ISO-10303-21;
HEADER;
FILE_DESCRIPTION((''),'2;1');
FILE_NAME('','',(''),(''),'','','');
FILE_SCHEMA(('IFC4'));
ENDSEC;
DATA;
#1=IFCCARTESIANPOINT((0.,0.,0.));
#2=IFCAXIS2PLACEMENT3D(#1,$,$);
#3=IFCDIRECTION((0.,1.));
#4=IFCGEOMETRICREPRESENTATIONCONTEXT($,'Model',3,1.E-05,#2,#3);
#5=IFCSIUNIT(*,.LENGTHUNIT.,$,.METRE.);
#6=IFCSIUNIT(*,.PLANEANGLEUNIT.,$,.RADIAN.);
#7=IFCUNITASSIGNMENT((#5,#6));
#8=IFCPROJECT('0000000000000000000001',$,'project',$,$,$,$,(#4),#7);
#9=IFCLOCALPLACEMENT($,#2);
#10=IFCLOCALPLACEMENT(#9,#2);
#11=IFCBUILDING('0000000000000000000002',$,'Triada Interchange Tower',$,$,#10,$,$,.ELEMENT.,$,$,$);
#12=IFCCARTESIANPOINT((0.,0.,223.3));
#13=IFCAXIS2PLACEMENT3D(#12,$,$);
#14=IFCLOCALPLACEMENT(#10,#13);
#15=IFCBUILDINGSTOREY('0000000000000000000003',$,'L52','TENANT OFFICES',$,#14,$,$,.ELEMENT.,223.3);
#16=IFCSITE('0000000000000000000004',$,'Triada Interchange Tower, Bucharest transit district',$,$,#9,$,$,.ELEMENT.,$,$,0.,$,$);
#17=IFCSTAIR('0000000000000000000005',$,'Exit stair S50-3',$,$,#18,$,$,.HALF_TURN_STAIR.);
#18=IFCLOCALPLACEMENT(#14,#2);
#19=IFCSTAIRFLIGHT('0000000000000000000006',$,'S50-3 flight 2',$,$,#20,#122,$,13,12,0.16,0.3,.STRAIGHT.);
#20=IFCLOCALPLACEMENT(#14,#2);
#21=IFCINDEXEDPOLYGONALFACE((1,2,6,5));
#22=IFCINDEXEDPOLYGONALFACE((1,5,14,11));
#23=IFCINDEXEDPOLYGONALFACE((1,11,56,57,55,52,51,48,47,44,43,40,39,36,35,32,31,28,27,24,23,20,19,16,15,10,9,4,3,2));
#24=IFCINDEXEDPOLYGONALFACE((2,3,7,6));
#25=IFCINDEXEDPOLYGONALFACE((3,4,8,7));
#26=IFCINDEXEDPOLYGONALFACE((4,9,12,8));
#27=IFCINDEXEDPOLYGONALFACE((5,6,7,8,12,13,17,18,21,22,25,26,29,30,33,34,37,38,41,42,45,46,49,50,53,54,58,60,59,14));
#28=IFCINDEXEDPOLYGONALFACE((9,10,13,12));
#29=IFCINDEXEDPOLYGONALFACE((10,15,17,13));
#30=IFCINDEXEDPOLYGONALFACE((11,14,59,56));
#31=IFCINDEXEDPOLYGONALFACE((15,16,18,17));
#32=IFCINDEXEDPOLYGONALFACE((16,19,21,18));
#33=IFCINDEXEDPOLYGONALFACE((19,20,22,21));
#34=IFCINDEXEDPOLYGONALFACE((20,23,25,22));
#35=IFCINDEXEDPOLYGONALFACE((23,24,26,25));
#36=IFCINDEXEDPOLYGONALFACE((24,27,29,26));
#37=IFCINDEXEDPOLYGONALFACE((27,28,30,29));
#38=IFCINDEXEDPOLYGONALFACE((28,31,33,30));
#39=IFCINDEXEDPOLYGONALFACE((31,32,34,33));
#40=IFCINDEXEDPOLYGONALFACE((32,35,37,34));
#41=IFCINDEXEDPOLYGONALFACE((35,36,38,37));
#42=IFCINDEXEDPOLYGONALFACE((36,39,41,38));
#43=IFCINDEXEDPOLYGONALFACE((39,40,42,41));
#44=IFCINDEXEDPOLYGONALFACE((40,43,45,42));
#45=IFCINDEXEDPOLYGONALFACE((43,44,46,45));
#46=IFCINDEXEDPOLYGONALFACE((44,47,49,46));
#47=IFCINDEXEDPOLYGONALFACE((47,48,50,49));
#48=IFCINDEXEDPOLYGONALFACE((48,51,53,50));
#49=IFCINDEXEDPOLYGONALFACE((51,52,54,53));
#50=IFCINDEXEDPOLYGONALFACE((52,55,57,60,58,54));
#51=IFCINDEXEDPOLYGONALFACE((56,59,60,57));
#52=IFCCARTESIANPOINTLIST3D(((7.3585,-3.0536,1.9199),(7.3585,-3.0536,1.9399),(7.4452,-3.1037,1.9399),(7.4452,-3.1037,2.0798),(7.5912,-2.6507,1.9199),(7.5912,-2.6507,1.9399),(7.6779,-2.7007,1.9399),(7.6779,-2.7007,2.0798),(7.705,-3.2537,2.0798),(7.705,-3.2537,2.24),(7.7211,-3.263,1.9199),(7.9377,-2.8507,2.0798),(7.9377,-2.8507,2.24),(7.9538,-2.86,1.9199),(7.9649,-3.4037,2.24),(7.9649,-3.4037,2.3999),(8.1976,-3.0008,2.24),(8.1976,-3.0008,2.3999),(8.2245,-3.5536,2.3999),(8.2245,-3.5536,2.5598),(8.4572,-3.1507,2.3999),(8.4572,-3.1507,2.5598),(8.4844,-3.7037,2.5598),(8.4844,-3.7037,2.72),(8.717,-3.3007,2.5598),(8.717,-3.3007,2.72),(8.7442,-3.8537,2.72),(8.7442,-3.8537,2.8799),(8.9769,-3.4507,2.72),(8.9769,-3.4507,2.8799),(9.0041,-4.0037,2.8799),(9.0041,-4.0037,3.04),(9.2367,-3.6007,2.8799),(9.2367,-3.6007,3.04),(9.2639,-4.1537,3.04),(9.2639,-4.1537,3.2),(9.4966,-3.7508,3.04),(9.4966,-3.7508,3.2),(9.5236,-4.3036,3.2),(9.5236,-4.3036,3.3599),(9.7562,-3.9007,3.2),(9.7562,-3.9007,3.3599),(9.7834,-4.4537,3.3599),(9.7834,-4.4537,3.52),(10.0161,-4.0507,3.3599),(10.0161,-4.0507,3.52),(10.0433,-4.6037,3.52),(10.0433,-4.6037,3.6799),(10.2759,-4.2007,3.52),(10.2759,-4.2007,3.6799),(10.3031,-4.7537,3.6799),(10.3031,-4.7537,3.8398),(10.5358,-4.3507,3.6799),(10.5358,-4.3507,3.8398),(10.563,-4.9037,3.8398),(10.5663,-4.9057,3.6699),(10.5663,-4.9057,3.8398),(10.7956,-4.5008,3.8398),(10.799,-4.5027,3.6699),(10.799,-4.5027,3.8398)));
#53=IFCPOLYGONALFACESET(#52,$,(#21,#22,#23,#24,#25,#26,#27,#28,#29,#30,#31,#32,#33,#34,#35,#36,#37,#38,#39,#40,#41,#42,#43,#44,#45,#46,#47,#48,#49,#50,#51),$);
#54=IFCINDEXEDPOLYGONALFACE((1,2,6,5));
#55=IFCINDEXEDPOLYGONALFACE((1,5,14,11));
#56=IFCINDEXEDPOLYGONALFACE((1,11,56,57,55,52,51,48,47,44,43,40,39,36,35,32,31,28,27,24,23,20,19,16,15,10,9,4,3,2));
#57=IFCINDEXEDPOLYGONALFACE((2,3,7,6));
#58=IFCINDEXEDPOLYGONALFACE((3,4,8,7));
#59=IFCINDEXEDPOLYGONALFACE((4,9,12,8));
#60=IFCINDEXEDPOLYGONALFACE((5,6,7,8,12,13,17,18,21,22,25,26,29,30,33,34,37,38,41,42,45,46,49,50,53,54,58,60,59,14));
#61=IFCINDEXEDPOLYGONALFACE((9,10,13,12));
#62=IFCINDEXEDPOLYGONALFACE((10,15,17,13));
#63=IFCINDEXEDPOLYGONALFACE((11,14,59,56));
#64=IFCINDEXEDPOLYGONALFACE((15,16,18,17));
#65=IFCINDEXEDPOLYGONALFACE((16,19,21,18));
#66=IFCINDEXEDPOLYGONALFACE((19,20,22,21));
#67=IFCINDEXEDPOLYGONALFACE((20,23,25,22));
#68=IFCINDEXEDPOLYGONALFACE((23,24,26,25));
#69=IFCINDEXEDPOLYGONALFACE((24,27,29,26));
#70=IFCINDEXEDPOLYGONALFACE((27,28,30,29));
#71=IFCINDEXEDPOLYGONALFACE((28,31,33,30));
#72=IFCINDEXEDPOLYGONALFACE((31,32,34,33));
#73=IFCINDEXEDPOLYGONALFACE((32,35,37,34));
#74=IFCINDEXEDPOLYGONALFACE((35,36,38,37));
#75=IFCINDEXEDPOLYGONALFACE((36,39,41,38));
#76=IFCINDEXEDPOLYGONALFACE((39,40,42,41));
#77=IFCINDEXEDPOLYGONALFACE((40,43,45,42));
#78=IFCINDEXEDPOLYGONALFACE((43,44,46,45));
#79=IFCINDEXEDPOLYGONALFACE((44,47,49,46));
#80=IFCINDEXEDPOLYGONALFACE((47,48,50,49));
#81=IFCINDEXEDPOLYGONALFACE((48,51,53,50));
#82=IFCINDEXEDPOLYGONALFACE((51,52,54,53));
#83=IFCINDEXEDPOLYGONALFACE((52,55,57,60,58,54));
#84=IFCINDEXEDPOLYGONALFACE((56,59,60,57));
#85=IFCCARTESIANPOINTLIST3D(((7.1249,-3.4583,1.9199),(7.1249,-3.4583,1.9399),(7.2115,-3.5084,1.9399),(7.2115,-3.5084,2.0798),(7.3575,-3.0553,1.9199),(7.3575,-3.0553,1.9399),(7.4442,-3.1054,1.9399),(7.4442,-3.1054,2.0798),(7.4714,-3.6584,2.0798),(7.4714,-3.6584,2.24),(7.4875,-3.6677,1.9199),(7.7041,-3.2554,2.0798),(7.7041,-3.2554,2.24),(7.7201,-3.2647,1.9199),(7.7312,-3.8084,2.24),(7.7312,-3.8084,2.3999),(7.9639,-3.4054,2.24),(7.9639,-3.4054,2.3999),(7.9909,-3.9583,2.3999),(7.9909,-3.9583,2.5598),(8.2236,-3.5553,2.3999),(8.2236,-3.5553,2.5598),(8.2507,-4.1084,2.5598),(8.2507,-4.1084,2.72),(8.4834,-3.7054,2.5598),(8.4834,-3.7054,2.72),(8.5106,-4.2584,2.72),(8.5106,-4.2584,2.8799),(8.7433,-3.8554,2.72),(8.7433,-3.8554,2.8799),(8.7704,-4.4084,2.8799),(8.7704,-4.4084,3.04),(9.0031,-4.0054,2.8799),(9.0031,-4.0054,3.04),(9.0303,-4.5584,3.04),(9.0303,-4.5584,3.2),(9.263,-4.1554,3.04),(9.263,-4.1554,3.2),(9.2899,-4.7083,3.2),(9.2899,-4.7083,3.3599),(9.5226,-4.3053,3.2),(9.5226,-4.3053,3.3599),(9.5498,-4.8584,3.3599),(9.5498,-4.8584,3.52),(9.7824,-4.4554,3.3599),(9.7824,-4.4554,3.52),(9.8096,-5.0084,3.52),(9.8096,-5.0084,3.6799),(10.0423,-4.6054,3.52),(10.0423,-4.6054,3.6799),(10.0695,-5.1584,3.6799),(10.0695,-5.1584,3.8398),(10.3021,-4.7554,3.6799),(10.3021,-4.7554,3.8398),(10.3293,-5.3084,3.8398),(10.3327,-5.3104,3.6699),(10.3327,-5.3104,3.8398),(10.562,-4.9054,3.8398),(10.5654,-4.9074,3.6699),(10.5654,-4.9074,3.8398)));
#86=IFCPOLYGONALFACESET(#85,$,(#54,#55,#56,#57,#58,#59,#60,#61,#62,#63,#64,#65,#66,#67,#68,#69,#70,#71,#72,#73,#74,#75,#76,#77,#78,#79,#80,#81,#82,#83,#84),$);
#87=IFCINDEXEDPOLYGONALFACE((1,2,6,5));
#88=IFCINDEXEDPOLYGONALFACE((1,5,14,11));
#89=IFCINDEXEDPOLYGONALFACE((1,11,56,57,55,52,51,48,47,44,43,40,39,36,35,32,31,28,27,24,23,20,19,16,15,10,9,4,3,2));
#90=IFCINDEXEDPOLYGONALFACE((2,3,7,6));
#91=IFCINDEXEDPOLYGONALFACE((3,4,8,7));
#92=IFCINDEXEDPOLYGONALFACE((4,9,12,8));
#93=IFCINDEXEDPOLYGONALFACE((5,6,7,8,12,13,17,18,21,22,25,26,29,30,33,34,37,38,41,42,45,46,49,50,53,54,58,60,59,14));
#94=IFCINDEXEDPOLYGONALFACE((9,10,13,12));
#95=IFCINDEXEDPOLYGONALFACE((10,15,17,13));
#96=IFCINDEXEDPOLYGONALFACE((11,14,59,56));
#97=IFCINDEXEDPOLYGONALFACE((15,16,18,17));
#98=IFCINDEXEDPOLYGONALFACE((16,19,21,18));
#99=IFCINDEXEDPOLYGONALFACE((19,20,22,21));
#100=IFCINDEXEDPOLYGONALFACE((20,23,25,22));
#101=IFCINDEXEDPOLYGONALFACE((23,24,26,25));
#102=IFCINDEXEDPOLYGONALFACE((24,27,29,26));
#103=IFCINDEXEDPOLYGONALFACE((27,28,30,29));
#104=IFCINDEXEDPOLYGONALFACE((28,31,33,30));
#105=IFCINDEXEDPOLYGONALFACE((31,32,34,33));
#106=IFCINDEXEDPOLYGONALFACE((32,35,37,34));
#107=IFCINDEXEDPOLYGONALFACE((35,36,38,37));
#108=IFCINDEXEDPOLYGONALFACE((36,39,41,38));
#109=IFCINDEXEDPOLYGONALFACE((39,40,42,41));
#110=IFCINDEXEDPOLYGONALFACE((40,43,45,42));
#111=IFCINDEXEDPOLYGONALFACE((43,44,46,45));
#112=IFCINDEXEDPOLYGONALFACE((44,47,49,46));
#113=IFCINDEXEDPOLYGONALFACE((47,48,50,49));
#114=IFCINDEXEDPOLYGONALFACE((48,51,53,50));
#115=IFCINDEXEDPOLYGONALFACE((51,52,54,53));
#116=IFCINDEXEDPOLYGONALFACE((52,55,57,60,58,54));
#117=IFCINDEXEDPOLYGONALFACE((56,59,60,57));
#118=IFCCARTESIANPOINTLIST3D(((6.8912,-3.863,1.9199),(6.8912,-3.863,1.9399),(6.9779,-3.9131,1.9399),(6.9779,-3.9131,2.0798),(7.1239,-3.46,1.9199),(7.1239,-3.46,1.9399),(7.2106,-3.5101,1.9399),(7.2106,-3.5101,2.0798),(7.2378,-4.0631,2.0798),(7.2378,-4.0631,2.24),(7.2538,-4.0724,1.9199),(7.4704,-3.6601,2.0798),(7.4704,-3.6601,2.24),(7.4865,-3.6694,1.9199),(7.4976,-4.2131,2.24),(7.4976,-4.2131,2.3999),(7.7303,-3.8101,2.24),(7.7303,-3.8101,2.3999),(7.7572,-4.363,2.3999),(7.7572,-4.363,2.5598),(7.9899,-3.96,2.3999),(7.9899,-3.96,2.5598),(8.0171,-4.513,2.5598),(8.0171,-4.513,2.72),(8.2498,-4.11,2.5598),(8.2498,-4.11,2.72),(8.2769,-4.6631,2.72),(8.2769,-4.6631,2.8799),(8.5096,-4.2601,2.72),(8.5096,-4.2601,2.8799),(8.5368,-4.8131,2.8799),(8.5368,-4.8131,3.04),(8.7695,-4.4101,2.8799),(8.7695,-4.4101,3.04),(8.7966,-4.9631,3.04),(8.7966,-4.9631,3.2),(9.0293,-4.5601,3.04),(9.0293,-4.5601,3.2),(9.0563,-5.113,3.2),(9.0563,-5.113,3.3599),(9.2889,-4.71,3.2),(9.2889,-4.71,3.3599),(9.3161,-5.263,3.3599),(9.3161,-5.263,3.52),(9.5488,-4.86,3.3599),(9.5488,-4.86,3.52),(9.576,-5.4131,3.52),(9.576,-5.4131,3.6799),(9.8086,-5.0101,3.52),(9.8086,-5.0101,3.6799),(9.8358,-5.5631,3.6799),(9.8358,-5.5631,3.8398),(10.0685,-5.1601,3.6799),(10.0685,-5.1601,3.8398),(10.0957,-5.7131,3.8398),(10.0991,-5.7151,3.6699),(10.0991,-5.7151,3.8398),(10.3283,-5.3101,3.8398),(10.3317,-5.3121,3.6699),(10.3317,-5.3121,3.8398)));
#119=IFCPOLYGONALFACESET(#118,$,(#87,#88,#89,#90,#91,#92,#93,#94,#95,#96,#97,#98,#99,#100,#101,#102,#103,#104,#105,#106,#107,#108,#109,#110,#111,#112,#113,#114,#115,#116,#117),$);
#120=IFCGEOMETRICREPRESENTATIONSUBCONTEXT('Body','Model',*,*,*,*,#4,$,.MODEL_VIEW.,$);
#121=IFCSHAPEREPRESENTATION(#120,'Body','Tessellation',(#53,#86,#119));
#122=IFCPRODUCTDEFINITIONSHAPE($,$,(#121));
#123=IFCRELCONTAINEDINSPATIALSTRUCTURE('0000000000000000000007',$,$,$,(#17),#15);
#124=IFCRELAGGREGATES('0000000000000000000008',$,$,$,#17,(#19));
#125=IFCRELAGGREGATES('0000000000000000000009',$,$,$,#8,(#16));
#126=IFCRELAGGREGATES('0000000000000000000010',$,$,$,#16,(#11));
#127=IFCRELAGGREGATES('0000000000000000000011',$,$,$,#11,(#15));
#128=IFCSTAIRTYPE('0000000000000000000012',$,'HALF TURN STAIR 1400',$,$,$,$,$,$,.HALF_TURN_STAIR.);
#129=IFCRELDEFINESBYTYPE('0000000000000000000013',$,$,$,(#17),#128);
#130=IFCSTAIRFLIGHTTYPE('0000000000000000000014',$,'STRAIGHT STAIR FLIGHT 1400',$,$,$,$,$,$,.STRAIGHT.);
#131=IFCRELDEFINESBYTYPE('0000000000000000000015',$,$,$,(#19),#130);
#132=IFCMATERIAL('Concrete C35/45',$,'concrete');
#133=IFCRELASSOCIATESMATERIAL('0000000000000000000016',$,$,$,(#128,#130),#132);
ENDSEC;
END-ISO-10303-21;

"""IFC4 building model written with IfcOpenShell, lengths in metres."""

from ifc_helpers import new_model, si_unit, direction, frame, origin, place, context, subcontext, project, spatial, polyline, outline, extrude, material, type_object, element, aggregate, save


model = new_model("IFC4")

# Units and contexts
model_context = context("Model", 3, precision=1e-05, world=origin(), true_north=direction((0.0, 1.0)))
body_context = subcontext(model_context, "Body", "Model", "MODEL_VIEW")
ifc_project = project(units=[si_unit("LENGTHUNIT", "METRE"), si_unit("PLANEANGLEUNIT", "RADIAN")], contexts=[model_context])

# Site, building, storey
site_placement = place(None, origin())
site = spatial("IfcSite", under=ifc_project, at=site_placement, Name="Triada Interchange Tower, Bucharest transit district", CompositionType="ELEMENT", RefElevation=0.0)
building_placement = place(site_placement, origin())
building = spatial("IfcBuilding", under=site, at=building_placement, Name="Triada Interchange Tower", CompositionType="ELEMENT")
storey_placement = place(building_placement, frame((0.0, 0.0, 223.3)))
storey = spatial("IfcBuildingStorey", under=building, at=storey_placement, Name="L52", Description="TENANT OFFICES", CompositionType="ELEMENT", Elevation=223.3)

# Stair, stair flight
ifc_material_1 = material(Name="Concrete C35/45", Category="concrete")
stair_type = type_object("IfcStairType", Name="HALF TURN STAIR 1400", PredefinedType="HALF_TURN_STAIR", material=ifc_material_1)
stair_placement = place(storey_placement, origin())
stair = element("IfcStair", 1, at=stair_placement, inside=storey, type_object=stair_type, Name="Exit stair S50-3", PredefinedType="HALF_TURN_STAIR")
stair_flight_type = type_object("IfcStairFlightType", Name="STRAIGHT STAIR FLIGHT 1400", PredefinedType="STRAIGHT", material=ifc_material_1)
stair_flight_1_placement = place(storey_placement, frame((7.3279, -3.3069, 1.9199), z_axis=(0.0, 0.0, 1.0), x_axis=(0.866025, -0.5, 0.0)))
stair_flight_1 = element("IfcStairFlight", 2, at=stair_flight_1_placement, type_object=stair_flight_type, Name="S50-3 flight 2", NumberOfRisers=13, NumberOfTreads=12, PredefinedType="STRAIGHT", RiserHeight=0.16, TreadLength=0.3, context=body_context, shape_type="SweptSolid", body=[
    extrude(outline(polyline([(-0.1001, 0.0), (-0.1001, 0.02), (0.0, 0.02), (0.0, 0.1599), (0.3, 0.1599), (0.3, 0.3201), (0.6001, 0.3201), (0.6001, 0.48), (0.8999, 0.48), (0.8999, 0.6399), (1.2, 0.6399), (1.2, 0.8), (1.5, 0.8), (1.5, 0.96), (1.8, 0.96), (1.8, 1.1201), (2.1001, 1.1201), (2.1001, 1.28), (2.3999, 1.28), (2.3999, 1.4399), (2.7, 1.4399), (2.7, 1.6001), (3.0, 1.6001), (3.0, 1.76), (3.3, 1.76), (3.3, 1.9199), (3.6001, 1.9199), (3.604, 1.9199), (3.604, 2.0801), (3.604, 1.75), (0.3186, 0.0), (-0.1001, 0.0)])), frame((0.0, 0.7, 0.0), z_axis=(0.0, -1.0, 0.0), x_axis=(1.0, 0.0, 0.0)), (0.0, 0.0, 1.0), 0.4653),
    extrude(outline(polyline([(-0.1001, 0.0), (-0.1001, 0.02), (0.0, 0.02), (0.0, 0.1599), (0.3, 0.1599), (0.3, 0.3201), (0.6001, 0.3201), (0.6001, 0.48), (0.8999, 0.48), (0.8999, 0.6399), (1.2, 0.6399), (1.2, 0.8), (1.5, 0.8), (1.5, 0.96), (1.8, 0.96), (1.8, 1.1201), (2.1001, 1.1201), (2.1001, 1.28), (2.3999, 1.28), (2.3999, 1.4399), (2.7, 1.4399), (2.7, 1.6001), (3.0, 1.6001), (3.0, 1.76), (3.3, 1.76), (3.3, 1.9199), (3.6001, 1.9199), (3.604, 1.9199), (3.604, 2.0801), (3.604, 1.75), (0.3186, 0.0), (-0.1001, 0.0)])), frame((0.0, 0.2327, 0.0), z_axis=(0.0, -1.0, 0.0), x_axis=(1.0, 0.0, 0.0)), (0.0, 0.0, 1.0), 0.4653),
    extrude(outline(polyline([(-0.1001, 0.0), (-0.1001, 0.02), (0.0, 0.02), (0.0, 0.1599), (0.3, 0.1599), (0.3, 0.3201), (0.6001, 0.3201), (0.6001, 0.48), (0.8999, 0.48), (0.8999, 0.6399), (1.2, 0.6399), (1.2, 0.8), (1.5, 0.8), (1.5, 0.96), (1.8, 0.96), (1.8, 1.1201), (2.1001, 1.1201), (2.1001, 1.28), (2.3999, 1.28), (2.3999, 1.4399), (2.7, 1.4399), (2.7, 1.6001), (3.0, 1.6001), (3.0, 1.76), (3.3, 1.76), (3.3, 1.9199), (3.6001, 1.9199), (3.604, 1.9199), (3.604, 2.0801), (3.604, 1.75), (0.3186, 0.0), (-0.1001, 0.0)])), frame((0.0, -0.2346, 0.0), z_axis=(0.0, -1.0, 0.0), x_axis=(1.0, 0.0, 0.0)), (0.0, 0.0, 1.0), 0.4653),
])
aggregate(stair, [stair_flight_1])

save(model, "model.ifc")
